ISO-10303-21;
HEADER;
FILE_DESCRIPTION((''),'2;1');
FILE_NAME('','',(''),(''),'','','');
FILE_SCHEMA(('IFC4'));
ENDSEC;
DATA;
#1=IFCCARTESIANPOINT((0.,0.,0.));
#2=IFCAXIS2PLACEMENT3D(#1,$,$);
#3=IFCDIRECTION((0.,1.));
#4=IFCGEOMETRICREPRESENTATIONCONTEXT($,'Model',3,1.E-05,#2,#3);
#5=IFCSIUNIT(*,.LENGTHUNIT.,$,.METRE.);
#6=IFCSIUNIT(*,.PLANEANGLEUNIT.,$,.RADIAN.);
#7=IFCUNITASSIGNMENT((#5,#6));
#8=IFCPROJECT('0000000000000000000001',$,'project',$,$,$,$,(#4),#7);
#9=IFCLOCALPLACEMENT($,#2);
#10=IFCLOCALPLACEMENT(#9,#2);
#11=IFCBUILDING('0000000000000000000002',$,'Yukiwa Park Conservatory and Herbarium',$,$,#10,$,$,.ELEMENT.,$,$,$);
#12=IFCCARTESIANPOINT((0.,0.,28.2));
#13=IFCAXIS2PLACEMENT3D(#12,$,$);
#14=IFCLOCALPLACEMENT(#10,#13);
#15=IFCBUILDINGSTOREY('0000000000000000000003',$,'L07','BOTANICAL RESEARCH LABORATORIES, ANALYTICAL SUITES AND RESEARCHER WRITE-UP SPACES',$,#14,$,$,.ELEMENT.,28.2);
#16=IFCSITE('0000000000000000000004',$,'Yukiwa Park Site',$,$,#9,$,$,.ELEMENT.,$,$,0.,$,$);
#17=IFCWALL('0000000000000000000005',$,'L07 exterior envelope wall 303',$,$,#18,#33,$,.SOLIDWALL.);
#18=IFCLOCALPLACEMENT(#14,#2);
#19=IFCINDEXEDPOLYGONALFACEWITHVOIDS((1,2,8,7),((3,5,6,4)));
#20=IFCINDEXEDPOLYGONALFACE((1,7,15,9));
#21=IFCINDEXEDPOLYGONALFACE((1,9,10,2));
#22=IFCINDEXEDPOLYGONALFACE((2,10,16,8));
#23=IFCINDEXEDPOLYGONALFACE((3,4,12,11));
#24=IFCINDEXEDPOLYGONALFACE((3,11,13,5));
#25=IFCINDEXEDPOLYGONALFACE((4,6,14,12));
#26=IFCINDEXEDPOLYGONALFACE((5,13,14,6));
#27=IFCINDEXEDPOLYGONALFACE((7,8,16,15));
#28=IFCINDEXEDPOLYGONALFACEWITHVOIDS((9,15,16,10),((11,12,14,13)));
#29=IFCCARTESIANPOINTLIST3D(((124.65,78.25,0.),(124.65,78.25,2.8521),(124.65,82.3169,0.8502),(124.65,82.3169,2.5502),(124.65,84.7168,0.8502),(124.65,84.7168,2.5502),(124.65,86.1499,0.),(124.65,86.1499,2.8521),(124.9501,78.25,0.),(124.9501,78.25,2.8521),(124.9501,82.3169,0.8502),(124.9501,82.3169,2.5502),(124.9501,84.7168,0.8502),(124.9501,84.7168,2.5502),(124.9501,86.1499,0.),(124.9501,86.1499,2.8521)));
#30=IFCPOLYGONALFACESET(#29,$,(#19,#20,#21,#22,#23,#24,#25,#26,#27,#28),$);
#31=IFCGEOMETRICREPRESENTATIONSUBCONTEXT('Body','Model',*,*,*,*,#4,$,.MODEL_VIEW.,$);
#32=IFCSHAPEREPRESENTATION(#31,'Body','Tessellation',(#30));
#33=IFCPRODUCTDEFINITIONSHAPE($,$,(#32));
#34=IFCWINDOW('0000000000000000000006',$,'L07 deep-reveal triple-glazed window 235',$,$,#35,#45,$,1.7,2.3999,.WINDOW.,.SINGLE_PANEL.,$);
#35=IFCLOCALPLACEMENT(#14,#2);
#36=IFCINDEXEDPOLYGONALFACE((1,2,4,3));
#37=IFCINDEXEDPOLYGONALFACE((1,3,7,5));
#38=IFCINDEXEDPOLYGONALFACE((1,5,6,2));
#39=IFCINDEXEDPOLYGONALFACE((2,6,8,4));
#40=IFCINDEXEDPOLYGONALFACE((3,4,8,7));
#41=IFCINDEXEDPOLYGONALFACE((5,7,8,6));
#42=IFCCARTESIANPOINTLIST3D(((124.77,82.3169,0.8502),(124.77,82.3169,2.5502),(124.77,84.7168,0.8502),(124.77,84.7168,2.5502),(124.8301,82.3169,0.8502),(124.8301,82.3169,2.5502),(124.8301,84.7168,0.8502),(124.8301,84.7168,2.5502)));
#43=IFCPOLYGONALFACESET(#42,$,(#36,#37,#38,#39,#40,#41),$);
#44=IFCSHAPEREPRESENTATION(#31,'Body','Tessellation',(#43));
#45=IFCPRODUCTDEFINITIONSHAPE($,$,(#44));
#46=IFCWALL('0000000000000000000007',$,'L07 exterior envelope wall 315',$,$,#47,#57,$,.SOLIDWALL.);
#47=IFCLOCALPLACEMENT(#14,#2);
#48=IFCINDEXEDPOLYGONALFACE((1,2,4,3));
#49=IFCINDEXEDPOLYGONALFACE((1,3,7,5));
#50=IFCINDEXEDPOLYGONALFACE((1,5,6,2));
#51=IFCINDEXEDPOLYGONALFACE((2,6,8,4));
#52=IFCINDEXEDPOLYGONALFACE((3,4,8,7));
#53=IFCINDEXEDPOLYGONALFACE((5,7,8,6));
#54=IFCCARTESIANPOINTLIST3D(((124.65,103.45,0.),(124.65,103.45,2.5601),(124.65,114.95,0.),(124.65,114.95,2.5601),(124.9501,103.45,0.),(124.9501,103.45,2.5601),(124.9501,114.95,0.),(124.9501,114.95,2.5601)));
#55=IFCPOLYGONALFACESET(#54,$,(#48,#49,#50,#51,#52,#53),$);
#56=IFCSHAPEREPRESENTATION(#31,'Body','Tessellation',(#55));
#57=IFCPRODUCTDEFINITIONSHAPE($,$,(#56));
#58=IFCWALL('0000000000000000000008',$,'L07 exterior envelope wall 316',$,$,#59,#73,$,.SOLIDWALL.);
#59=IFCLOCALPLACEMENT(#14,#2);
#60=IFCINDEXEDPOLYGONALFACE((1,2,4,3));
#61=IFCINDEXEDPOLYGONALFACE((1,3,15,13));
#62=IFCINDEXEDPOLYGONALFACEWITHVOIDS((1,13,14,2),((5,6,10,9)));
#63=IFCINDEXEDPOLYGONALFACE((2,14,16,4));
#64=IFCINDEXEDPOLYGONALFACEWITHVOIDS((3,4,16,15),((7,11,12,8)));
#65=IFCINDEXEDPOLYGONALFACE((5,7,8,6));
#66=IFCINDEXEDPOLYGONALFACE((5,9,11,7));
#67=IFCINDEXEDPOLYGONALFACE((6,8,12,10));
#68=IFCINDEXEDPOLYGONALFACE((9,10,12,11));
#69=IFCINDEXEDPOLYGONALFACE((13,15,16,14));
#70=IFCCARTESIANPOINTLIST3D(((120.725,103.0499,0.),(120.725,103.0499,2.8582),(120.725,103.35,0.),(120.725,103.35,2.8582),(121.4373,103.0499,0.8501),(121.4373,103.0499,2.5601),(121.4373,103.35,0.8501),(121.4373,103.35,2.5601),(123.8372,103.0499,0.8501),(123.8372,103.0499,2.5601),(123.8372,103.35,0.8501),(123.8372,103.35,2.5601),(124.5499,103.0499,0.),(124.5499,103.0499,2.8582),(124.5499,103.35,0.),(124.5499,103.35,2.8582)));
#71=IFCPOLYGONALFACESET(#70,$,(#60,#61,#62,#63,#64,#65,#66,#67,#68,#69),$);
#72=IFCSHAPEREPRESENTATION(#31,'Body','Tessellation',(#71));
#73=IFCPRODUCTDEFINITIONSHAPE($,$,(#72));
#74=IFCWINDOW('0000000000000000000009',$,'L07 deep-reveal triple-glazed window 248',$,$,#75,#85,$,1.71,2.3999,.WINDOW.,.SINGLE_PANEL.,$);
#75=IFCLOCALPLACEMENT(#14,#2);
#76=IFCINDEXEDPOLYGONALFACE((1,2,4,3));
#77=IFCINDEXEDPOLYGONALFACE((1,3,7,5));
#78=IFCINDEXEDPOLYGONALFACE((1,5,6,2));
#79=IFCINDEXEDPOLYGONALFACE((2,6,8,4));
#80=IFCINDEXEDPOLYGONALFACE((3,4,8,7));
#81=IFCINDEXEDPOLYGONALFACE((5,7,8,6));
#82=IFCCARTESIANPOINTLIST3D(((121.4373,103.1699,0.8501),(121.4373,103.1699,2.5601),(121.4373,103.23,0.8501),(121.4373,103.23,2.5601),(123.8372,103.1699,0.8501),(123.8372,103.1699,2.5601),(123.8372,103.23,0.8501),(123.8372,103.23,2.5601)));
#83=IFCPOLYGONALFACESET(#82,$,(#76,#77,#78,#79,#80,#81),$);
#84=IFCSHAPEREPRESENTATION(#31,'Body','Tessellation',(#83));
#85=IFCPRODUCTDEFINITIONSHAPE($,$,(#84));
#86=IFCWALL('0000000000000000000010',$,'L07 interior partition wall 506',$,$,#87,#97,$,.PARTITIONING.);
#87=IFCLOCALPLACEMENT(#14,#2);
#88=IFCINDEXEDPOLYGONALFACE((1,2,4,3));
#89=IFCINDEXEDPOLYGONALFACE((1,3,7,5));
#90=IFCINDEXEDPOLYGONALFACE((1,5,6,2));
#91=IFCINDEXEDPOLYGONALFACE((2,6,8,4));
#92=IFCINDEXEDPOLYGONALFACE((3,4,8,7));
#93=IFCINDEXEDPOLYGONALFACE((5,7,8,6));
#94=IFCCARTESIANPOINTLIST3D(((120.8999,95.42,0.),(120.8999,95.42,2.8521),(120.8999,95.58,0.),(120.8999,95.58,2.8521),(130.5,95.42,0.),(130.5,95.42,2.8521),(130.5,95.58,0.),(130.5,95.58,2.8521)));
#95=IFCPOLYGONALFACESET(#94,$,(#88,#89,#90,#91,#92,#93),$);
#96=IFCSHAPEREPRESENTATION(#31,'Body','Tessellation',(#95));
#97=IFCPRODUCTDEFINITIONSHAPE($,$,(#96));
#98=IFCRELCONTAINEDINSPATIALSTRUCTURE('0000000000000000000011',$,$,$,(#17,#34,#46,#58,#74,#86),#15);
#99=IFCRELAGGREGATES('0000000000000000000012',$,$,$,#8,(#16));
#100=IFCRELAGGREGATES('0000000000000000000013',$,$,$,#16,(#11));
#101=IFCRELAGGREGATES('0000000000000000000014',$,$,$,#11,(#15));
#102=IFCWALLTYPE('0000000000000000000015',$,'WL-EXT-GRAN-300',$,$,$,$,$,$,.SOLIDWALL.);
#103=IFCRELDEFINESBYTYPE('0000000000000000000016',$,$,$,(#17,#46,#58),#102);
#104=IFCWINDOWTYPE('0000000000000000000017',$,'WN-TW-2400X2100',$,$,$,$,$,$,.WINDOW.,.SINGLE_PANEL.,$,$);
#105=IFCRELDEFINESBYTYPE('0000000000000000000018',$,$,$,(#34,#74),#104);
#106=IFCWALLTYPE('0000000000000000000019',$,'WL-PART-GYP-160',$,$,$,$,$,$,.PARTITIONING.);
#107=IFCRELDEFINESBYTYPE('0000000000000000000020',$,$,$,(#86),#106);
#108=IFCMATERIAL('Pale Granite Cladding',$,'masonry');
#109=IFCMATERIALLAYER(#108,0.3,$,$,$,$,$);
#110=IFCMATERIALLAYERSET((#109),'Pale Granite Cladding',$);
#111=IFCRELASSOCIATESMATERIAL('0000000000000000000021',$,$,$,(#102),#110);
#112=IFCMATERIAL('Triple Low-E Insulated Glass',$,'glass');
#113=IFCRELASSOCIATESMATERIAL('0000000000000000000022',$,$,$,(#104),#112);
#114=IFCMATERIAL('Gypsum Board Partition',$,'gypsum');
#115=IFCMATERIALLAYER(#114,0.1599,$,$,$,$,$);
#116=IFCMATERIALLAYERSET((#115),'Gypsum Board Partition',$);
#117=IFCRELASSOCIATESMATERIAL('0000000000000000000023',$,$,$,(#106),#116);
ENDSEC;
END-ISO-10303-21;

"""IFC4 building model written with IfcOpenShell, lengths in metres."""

from ifc_helpers import new_model, si_unit, direction, frame, frame_2d, origin, place, context, subcontext, project, spatial, rectangle, extrude, material, layer, layer_set, type_object, element, fill, save


model = new_model("IFC4")

# Units and contexts
model_context = context("Model", 3, precision=1e-05, world=origin(), true_north=direction((0.0, 1.0)))
body_context = subcontext(model_context, "Body", "Model", "MODEL_VIEW")
ifc_project = project(units=[si_unit("LENGTHUNIT", "METRE"), si_unit("PLANEANGLEUNIT", "RADIAN")], contexts=[model_context])

# Site, building, storey
site_placement = place(None, origin())
site = spatial("IfcSite", under=ifc_project, at=site_placement, Name="Yukiwa Park Site", CompositionType="ELEMENT", RefElevation=0.0)
building_placement = place(site_placement, origin())
building = spatial("IfcBuilding", under=site, at=building_placement, Name="Yukiwa Park Conservatory and Herbarium", CompositionType="ELEMENT")
storey_placement = place(building_placement, frame((0.0, 0.0, 28.2)))
storey = spatial("IfcBuildingStorey", under=building, at=storey_placement, Name="L07", Description="BOTANICAL RESEARCH LABORATORIES, ANALYTICAL SUITES AND RESEARCHER WRITE-UP SPACES", CompositionType="ELEMENT", Elevation=28.2)

# Wall, opening, window
ifc_material_1 = material(Name="Pale Granite Cladding", Category="masonry")
ifc_layer_1 = layer(ifc_material_1, 0.3)
ifc_layer_set_1 = layer_set([ifc_layer_1], Name="Pale Granite Cladding")
wall_type_1 = type_object("IfcWallType", Name="WL-EXT-GRAN-300", PredefinedType="SOLIDWALL", material=ifc_layer_set_1)
wall_1_placement = place(storey_placement, frame((124.8, 86.1499, 0.0), z_axis=(0.0, 0.0, 1.0), x_axis=(0.0, -1.0, 0.0)))
wall_1 = element("IfcWall", 1, at=wall_1_placement, inside=storey, type_object=wall_type_1, Name="L07 exterior envelope wall 303", PredefinedType="SOLIDWALL", context=body_context, shape_type="SweptSolid", body=[
    extrude(rectangle(XDim=7.8999, YDim=0.3, at=frame_2d((3.95, 0.0))), origin(), (0.0, 0.0, 1.0), 2.8521),
])
opening_1_placement = place(wall_1_placement, frame((1.4331, 0.0, 0.8501)))
opening_1 = element("IfcOpeningElement", 2, at=opening_1_placement, cuts=wall_1, PredefinedType="OPENING", context=body_context, shape_type="SweptSolid", body=[
    extrude(rectangle(XDim=2.3999, YDim=1.7, at=frame_2d((1.2, 0.8501))), frame((0.0, 0.1602, 0.0), z_axis=(0.0, -1.0, 0.0), x_axis=(1.0, 0.0, 0.0)), (0.0, 0.0, 1.0), 0.3201),
])
ifc_material_2 = material(Name="Triple Low-E Insulated Glass", Category="glass")
window_type = type_object("IfcWindowType", Name="WN-TW-2400X2100", PartitioningType="SINGLE_PANEL", PredefinedType="WINDOW", material=ifc_material_2)
window_1_placement = place(opening_1_placement, origin())
window_1 = element("IfcWindow", 3, at=window_1_placement, inside=storey, type_object=window_type, Name="L07 deep-reveal triple-glazed window 235", OverallHeight=1.7, OverallWidth=2.3999, PartitioningType="SINGLE_PANEL", PredefinedType="WINDOW", context=body_context, shape_type="SweptSolid", body=[
    extrude(rectangle(XDim=2.3999, YDim=1.7, at=frame_2d((1.2, 0.8501))), frame((0.0, 0.03, 0.0), z_axis=(0.0, -1.0, 0.0), x_axis=(1.0, 0.0, 0.0)), (0.0, 0.0, 1.0), 0.0601),
])
fill(opening_1, window_1)

# Wall
wall_2_placement = place(storey_placement, frame((124.8, 114.95, 0.0), z_axis=(0.0, 0.0, 1.0), x_axis=(0.0, -1.0, 0.0)))
element("IfcWall", 4, at=wall_2_placement, inside=storey, type_object=wall_type_1, Name="L07 exterior envelope wall 315", PredefinedType="SOLIDWALL", context=body_context, shape_type="SweptSolid", body=[
    extrude(rectangle(XDim=11.5, YDim=0.3, at=frame_2d((5.75, 0.0))), origin(), (0.0, 0.0, 1.0), 2.5601),
])

# Wall, opening, window
wall_3_placement = place(storey_placement, frame((124.55, 103.2, 0.0), z_axis=(0.0, 0.0, 1.0), x_axis=(-1.0, 0.0, 0.0)))
wall_3 = element("IfcWall", 5, at=wall_3_placement, inside=storey, type_object=wall_type_1, Name="L07 exterior envelope wall 316", PredefinedType="SOLIDWALL", context=body_context, shape_type="SweptSolid", body=[
    extrude(rectangle(XDim=3.825, YDim=0.3, at=frame_2d((1.9126, 0.0))), origin(), (0.0, 0.0, 1.0), 2.8582),
])
opening_2_placement = place(wall_3_placement, frame((0.7129, 0.0, 0.8501)))
opening_2 = element("IfcOpeningElement", 6, at=opening_2_placement, cuts=wall_3, PredefinedType="OPENING", context=body_context, shape_type="SweptSolid", body=[
    extrude(rectangle(XDim=2.3999, YDim=1.71, at=frame_2d((1.2, 0.855))), frame((0.0, 0.1602, 0.0), z_axis=(0.0, -1.0, 0.0), x_axis=(1.0, 0.0, 0.0)), (0.0, 0.0, 1.0), 0.3201),
])
window_2_placement = place(opening_2_placement, origin())
window_2 = element("IfcWindow", 7, at=window_2_placement, inside=storey, type_object=window_type, Name="L07 deep-reveal triple-glazed window 248", OverallHeight=1.71, OverallWidth=2.3999, PartitioningType="SINGLE_PANEL", PredefinedType="WINDOW", context=body_context, shape_type="SweptSolid", body=[
    extrude(rectangle(XDim=2.3999, YDim=1.71, at=frame_2d((1.2, 0.855))), frame((0.0, 0.03, 0.0), z_axis=(0.0, -1.0, 0.0), x_axis=(1.0, 0.0, 0.0)), (0.0, 0.0, 1.0), 0.0601),
])
fill(opening_2, window_2)

# Wall
ifc_material_3 = material(Name="Gypsum Board Partition", Category="gypsum")
ifc_layer_2 = layer(ifc_material_3, 0.1599)
ifc_layer_set_2 = layer_set([ifc_layer_2], Name="Gypsum Board Partition")
wall_type_2 = type_object("IfcWallType", Name="WL-PART-GYP-160", PredefinedType="PARTITIONING", material=ifc_layer_set_2)
wall_4_placement = place(storey_placement, frame((120.8999, 95.5, 0.0), z_axis=(0.0, 0.0, 1.0), x_axis=(1.0, 0.0, 0.0)))
element("IfcWall", 8, at=wall_4_placement, inside=storey, type_object=wall_type_2, Name="L07 interior partition wall 506", PredefinedType="PARTITIONING", context=body_context, shape_type="SweptSolid", body=[
    extrude(rectangle(XDim=9.6001, YDim=0.1599, at=frame_2d((4.8, 0.0))), origin(), (0.0, 0.0, 1.0), 2.8521),
])

save(model, "model.ifc")
